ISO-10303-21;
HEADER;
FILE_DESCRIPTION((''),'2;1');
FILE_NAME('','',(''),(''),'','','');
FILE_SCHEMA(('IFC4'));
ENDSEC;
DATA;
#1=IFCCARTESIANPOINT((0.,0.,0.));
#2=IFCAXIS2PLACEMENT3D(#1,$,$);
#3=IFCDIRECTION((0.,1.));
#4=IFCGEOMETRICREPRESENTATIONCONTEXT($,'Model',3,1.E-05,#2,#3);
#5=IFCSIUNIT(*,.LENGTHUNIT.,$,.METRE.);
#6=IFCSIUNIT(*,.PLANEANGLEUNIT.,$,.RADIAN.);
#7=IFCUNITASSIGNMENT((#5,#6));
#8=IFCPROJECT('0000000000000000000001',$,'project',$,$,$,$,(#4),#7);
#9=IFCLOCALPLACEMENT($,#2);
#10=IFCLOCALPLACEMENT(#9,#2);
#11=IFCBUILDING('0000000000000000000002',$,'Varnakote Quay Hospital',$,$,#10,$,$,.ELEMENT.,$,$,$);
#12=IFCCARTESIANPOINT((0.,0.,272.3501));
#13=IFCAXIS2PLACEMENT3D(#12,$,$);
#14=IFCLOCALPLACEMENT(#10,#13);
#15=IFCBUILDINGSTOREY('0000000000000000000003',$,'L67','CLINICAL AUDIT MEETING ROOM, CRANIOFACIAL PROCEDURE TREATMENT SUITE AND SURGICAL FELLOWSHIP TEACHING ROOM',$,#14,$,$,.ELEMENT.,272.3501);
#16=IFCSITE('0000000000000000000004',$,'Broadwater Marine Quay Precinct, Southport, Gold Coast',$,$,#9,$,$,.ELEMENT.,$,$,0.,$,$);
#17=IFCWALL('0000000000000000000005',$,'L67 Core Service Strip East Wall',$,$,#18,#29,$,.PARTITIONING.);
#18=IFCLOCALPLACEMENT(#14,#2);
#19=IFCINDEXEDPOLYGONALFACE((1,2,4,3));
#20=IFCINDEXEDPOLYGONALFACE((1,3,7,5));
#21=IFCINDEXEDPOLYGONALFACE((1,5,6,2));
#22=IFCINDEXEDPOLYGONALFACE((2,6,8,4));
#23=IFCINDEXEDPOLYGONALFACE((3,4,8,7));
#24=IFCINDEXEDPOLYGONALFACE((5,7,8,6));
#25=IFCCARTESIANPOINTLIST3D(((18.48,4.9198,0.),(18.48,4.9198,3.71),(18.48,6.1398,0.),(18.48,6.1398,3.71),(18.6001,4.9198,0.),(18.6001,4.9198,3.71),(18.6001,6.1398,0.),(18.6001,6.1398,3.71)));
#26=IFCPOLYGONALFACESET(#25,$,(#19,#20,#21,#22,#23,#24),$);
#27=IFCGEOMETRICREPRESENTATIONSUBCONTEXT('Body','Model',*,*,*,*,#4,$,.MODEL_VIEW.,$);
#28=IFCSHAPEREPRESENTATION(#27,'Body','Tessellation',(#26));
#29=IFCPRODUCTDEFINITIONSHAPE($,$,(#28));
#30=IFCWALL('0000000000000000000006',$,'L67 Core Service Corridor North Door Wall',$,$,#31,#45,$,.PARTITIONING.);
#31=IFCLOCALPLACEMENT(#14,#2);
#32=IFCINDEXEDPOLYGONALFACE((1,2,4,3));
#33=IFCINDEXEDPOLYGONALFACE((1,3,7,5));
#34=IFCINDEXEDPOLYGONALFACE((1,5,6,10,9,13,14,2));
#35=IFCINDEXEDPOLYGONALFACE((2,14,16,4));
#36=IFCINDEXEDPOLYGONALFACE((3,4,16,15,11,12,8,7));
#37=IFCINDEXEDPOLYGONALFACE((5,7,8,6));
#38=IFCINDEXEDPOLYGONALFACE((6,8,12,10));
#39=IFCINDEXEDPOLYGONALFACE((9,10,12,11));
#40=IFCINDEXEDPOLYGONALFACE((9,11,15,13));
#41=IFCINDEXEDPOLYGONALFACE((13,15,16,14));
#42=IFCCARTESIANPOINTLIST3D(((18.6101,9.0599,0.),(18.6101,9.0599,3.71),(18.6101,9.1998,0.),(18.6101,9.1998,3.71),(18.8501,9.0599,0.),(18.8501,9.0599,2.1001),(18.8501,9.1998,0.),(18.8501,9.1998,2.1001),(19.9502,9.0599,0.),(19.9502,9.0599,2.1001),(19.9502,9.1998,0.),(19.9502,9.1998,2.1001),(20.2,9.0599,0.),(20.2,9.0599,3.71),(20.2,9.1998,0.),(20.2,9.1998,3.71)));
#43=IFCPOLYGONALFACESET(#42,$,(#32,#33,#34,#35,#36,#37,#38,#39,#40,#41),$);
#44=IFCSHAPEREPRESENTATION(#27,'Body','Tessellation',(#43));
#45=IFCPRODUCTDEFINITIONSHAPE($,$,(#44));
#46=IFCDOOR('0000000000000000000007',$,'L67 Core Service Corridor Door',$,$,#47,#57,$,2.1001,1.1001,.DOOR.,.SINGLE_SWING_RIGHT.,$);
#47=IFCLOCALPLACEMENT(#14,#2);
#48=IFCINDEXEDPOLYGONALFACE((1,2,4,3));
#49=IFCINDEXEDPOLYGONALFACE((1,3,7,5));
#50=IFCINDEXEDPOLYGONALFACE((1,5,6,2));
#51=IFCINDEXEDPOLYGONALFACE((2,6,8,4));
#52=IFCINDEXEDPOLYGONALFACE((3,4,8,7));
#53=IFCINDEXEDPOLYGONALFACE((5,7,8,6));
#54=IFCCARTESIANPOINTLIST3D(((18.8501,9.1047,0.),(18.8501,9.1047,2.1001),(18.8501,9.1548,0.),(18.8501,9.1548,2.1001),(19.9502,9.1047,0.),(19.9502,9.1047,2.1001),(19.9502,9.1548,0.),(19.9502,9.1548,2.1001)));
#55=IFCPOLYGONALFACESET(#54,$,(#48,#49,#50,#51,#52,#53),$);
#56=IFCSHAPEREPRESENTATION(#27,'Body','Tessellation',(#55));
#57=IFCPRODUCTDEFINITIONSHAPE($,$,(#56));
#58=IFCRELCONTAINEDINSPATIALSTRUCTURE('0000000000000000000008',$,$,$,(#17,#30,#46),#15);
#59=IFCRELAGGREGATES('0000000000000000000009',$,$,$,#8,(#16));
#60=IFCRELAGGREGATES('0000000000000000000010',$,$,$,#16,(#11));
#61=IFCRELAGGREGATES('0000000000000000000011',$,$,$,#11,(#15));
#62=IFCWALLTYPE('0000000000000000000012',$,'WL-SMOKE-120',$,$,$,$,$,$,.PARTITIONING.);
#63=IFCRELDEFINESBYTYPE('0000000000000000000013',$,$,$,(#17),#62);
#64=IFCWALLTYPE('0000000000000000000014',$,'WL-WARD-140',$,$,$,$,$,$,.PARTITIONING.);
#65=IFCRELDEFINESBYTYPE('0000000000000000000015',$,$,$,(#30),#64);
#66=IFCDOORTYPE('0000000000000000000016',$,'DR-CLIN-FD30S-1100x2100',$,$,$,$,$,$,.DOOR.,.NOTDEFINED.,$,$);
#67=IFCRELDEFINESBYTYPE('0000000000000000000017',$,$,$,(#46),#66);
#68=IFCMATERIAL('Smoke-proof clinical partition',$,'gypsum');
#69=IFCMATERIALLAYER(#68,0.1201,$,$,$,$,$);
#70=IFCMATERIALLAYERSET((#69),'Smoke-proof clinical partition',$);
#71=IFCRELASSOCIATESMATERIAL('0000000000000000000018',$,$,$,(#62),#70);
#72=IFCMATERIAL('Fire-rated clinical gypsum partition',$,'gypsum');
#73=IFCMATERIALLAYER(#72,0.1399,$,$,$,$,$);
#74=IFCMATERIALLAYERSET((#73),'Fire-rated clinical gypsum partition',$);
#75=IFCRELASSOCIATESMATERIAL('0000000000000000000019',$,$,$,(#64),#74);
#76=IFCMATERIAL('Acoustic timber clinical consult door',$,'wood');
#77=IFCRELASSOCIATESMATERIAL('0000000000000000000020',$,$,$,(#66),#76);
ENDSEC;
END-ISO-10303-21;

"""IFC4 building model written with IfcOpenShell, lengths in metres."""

from ifc_helpers import new_model, si_unit, direction, frame, frame_2d, origin, place, context, subcontext, project, spatial, rectangle, extrude, material, layer, layer_set, type_object, element, fill, save


model = new_model("IFC4")

# Units and contexts
model_context = context("Model", 3, precision=1e-05, world=origin(), true_north=direction((0.0, 1.0)))
body_context = subcontext(model_context, "Body", "Model", "MODEL_VIEW")
ifc_project = project(units=[si_unit("LENGTHUNIT", "METRE"), si_unit("PLANEANGLEUNIT", "RADIAN")], contexts=[model_context])

# Site, building, storey
site_placement = place(None, origin())
site = spatial("IfcSite", under=ifc_project, at=site_placement, Name="Broadwater Marine Quay Precinct, Southport, Gold Coast", CompositionType="ELEMENT", RefElevation=0.0)
building_placement = place(site_placement, origin())
building = spatial("IfcBuilding", under=site, at=building_placement, Name="Varnakote Quay Hospital", CompositionType="ELEMENT")
storey_placement = place(building_placement, frame((0.0, 0.0, 272.3501)))
storey = spatial("IfcBuildingStorey", under=building, at=storey_placement, Name="L67", Description="CLINICAL AUDIT MEETING ROOM, CRANIOFACIAL PROCEDURE TREATMENT SUITE AND SURGICAL FELLOWSHIP TEACHING ROOM", CompositionType="ELEMENT", Elevation=272.3501)

# Wall
ifc_material_1 = material(Name="Smoke-proof clinical partition", Category="gypsum")
ifc_layer_1 = layer(ifc_material_1, 0.1201)
ifc_layer_set_1 = layer_set([ifc_layer_1], Name="Smoke-proof clinical partition")
wall_type_1 = type_object("IfcWallType", Name="WL-SMOKE-120", PredefinedType="PARTITIONING", material=ifc_layer_set_1)
wall_1_placement = place(storey_placement, frame((18.54, 4.9199, 0.0), z_axis=(0.0, 0.0, 1.0), x_axis=(0.0, 1.0, 0.0)))
element("IfcWall", 1, at=wall_1_placement, inside=storey, type_object=wall_type_1, Name="L67 Core Service Strip East Wall", PredefinedType="PARTITIONING", context=body_context, shape_type="SweptSolid", body=[
    extrude(rectangle(XDim=1.22, YDim=0.1201, at=frame_2d((0.6099, 0.0))), origin(), (0.0, 0.0, 1.0), 3.71),
])

# Wall, opening, door
ifc_material_2 = material(Name="Fire-rated clinical gypsum partition", Category="gypsum")
ifc_layer_2 = layer(ifc_material_2, 0.1399)
ifc_layer_set_2 = layer_set([ifc_layer_2], Name="Fire-rated clinical gypsum partition")
wall_type_2 = type_object("IfcWallType", Name="WL-WARD-140", PredefinedType="PARTITIONING", material=ifc_layer_set_2)
wall_2_placement = place(storey_placement, frame((18.6101, 9.1299, 0.0), z_axis=(0.0, 0.0, 1.0), x_axis=(1.0, 0.0, 0.0)))
wall_2 = element("IfcWall", 2, at=wall_2_placement, inside=storey, type_object=wall_type_2, Name="L67 Core Service Corridor North Door Wall", PredefinedType="PARTITIONING", context=body_context, shape_type="SweptSolid", body=[
    extrude(rectangle(XDim=1.5898, YDim=0.1399, at=frame_2d((0.7949, 0.0))), origin(), (0.0, 0.0, 1.0), 3.71),
])
opening_1_placement = place(wall_2_placement, frame((0.24, 0.0, 0.0)))
opening_1 = element("IfcOpeningElement", 3, at=opening_1_placement, cuts=wall_2, PredefinedType="OPENING", context=body_context, shape_type="SweptSolid", body=[
    extrude(rectangle(XDim=1.1001, YDim=2.1001, at=frame_2d((0.55, 1.05))), frame((0.0, 0.0798, 0.0), z_axis=(0.0, -1.0, 0.0), x_axis=(1.0, 0.0, 0.0)), (0.0, 0.0, 1.0), 0.1599),
])
ifc_material_3 = material(Name="Acoustic timber clinical consult door", Category="wood")
door_type_1 = type_object("IfcDoorType", Name="DR-CLIN-FD30S-1100x2100", OperationType="NOTDEFINED", PredefinedType="DOOR", material=ifc_material_3)
door_1_placement = place(opening_1_placement, origin())
door_1 = element("IfcDoor", 4, at=door_1_placement, inside=storey, type_object=door_type_1, Name="L67 Core Service Corridor Door", OperationType="SINGLE_SWING_RIGHT", OverallHeight=2.1001, OverallWidth=1.1001, PredefinedType="DOOR", context=body_context, shape_type="SweptSolid", body=[
    extrude(rectangle(XDim=1.1001, YDim=2.1001, at=frame_2d((0.55, 1.05))), frame((0.0, 0.0249, 0.0), z_axis=(0.0, -1.0, 0.0), x_axis=(1.0, 0.0, 0.0)), (0.0, 0.0, 1.0), 0.05),
])
fill(opening_1, door_1)

save(model, "model.ifc")
